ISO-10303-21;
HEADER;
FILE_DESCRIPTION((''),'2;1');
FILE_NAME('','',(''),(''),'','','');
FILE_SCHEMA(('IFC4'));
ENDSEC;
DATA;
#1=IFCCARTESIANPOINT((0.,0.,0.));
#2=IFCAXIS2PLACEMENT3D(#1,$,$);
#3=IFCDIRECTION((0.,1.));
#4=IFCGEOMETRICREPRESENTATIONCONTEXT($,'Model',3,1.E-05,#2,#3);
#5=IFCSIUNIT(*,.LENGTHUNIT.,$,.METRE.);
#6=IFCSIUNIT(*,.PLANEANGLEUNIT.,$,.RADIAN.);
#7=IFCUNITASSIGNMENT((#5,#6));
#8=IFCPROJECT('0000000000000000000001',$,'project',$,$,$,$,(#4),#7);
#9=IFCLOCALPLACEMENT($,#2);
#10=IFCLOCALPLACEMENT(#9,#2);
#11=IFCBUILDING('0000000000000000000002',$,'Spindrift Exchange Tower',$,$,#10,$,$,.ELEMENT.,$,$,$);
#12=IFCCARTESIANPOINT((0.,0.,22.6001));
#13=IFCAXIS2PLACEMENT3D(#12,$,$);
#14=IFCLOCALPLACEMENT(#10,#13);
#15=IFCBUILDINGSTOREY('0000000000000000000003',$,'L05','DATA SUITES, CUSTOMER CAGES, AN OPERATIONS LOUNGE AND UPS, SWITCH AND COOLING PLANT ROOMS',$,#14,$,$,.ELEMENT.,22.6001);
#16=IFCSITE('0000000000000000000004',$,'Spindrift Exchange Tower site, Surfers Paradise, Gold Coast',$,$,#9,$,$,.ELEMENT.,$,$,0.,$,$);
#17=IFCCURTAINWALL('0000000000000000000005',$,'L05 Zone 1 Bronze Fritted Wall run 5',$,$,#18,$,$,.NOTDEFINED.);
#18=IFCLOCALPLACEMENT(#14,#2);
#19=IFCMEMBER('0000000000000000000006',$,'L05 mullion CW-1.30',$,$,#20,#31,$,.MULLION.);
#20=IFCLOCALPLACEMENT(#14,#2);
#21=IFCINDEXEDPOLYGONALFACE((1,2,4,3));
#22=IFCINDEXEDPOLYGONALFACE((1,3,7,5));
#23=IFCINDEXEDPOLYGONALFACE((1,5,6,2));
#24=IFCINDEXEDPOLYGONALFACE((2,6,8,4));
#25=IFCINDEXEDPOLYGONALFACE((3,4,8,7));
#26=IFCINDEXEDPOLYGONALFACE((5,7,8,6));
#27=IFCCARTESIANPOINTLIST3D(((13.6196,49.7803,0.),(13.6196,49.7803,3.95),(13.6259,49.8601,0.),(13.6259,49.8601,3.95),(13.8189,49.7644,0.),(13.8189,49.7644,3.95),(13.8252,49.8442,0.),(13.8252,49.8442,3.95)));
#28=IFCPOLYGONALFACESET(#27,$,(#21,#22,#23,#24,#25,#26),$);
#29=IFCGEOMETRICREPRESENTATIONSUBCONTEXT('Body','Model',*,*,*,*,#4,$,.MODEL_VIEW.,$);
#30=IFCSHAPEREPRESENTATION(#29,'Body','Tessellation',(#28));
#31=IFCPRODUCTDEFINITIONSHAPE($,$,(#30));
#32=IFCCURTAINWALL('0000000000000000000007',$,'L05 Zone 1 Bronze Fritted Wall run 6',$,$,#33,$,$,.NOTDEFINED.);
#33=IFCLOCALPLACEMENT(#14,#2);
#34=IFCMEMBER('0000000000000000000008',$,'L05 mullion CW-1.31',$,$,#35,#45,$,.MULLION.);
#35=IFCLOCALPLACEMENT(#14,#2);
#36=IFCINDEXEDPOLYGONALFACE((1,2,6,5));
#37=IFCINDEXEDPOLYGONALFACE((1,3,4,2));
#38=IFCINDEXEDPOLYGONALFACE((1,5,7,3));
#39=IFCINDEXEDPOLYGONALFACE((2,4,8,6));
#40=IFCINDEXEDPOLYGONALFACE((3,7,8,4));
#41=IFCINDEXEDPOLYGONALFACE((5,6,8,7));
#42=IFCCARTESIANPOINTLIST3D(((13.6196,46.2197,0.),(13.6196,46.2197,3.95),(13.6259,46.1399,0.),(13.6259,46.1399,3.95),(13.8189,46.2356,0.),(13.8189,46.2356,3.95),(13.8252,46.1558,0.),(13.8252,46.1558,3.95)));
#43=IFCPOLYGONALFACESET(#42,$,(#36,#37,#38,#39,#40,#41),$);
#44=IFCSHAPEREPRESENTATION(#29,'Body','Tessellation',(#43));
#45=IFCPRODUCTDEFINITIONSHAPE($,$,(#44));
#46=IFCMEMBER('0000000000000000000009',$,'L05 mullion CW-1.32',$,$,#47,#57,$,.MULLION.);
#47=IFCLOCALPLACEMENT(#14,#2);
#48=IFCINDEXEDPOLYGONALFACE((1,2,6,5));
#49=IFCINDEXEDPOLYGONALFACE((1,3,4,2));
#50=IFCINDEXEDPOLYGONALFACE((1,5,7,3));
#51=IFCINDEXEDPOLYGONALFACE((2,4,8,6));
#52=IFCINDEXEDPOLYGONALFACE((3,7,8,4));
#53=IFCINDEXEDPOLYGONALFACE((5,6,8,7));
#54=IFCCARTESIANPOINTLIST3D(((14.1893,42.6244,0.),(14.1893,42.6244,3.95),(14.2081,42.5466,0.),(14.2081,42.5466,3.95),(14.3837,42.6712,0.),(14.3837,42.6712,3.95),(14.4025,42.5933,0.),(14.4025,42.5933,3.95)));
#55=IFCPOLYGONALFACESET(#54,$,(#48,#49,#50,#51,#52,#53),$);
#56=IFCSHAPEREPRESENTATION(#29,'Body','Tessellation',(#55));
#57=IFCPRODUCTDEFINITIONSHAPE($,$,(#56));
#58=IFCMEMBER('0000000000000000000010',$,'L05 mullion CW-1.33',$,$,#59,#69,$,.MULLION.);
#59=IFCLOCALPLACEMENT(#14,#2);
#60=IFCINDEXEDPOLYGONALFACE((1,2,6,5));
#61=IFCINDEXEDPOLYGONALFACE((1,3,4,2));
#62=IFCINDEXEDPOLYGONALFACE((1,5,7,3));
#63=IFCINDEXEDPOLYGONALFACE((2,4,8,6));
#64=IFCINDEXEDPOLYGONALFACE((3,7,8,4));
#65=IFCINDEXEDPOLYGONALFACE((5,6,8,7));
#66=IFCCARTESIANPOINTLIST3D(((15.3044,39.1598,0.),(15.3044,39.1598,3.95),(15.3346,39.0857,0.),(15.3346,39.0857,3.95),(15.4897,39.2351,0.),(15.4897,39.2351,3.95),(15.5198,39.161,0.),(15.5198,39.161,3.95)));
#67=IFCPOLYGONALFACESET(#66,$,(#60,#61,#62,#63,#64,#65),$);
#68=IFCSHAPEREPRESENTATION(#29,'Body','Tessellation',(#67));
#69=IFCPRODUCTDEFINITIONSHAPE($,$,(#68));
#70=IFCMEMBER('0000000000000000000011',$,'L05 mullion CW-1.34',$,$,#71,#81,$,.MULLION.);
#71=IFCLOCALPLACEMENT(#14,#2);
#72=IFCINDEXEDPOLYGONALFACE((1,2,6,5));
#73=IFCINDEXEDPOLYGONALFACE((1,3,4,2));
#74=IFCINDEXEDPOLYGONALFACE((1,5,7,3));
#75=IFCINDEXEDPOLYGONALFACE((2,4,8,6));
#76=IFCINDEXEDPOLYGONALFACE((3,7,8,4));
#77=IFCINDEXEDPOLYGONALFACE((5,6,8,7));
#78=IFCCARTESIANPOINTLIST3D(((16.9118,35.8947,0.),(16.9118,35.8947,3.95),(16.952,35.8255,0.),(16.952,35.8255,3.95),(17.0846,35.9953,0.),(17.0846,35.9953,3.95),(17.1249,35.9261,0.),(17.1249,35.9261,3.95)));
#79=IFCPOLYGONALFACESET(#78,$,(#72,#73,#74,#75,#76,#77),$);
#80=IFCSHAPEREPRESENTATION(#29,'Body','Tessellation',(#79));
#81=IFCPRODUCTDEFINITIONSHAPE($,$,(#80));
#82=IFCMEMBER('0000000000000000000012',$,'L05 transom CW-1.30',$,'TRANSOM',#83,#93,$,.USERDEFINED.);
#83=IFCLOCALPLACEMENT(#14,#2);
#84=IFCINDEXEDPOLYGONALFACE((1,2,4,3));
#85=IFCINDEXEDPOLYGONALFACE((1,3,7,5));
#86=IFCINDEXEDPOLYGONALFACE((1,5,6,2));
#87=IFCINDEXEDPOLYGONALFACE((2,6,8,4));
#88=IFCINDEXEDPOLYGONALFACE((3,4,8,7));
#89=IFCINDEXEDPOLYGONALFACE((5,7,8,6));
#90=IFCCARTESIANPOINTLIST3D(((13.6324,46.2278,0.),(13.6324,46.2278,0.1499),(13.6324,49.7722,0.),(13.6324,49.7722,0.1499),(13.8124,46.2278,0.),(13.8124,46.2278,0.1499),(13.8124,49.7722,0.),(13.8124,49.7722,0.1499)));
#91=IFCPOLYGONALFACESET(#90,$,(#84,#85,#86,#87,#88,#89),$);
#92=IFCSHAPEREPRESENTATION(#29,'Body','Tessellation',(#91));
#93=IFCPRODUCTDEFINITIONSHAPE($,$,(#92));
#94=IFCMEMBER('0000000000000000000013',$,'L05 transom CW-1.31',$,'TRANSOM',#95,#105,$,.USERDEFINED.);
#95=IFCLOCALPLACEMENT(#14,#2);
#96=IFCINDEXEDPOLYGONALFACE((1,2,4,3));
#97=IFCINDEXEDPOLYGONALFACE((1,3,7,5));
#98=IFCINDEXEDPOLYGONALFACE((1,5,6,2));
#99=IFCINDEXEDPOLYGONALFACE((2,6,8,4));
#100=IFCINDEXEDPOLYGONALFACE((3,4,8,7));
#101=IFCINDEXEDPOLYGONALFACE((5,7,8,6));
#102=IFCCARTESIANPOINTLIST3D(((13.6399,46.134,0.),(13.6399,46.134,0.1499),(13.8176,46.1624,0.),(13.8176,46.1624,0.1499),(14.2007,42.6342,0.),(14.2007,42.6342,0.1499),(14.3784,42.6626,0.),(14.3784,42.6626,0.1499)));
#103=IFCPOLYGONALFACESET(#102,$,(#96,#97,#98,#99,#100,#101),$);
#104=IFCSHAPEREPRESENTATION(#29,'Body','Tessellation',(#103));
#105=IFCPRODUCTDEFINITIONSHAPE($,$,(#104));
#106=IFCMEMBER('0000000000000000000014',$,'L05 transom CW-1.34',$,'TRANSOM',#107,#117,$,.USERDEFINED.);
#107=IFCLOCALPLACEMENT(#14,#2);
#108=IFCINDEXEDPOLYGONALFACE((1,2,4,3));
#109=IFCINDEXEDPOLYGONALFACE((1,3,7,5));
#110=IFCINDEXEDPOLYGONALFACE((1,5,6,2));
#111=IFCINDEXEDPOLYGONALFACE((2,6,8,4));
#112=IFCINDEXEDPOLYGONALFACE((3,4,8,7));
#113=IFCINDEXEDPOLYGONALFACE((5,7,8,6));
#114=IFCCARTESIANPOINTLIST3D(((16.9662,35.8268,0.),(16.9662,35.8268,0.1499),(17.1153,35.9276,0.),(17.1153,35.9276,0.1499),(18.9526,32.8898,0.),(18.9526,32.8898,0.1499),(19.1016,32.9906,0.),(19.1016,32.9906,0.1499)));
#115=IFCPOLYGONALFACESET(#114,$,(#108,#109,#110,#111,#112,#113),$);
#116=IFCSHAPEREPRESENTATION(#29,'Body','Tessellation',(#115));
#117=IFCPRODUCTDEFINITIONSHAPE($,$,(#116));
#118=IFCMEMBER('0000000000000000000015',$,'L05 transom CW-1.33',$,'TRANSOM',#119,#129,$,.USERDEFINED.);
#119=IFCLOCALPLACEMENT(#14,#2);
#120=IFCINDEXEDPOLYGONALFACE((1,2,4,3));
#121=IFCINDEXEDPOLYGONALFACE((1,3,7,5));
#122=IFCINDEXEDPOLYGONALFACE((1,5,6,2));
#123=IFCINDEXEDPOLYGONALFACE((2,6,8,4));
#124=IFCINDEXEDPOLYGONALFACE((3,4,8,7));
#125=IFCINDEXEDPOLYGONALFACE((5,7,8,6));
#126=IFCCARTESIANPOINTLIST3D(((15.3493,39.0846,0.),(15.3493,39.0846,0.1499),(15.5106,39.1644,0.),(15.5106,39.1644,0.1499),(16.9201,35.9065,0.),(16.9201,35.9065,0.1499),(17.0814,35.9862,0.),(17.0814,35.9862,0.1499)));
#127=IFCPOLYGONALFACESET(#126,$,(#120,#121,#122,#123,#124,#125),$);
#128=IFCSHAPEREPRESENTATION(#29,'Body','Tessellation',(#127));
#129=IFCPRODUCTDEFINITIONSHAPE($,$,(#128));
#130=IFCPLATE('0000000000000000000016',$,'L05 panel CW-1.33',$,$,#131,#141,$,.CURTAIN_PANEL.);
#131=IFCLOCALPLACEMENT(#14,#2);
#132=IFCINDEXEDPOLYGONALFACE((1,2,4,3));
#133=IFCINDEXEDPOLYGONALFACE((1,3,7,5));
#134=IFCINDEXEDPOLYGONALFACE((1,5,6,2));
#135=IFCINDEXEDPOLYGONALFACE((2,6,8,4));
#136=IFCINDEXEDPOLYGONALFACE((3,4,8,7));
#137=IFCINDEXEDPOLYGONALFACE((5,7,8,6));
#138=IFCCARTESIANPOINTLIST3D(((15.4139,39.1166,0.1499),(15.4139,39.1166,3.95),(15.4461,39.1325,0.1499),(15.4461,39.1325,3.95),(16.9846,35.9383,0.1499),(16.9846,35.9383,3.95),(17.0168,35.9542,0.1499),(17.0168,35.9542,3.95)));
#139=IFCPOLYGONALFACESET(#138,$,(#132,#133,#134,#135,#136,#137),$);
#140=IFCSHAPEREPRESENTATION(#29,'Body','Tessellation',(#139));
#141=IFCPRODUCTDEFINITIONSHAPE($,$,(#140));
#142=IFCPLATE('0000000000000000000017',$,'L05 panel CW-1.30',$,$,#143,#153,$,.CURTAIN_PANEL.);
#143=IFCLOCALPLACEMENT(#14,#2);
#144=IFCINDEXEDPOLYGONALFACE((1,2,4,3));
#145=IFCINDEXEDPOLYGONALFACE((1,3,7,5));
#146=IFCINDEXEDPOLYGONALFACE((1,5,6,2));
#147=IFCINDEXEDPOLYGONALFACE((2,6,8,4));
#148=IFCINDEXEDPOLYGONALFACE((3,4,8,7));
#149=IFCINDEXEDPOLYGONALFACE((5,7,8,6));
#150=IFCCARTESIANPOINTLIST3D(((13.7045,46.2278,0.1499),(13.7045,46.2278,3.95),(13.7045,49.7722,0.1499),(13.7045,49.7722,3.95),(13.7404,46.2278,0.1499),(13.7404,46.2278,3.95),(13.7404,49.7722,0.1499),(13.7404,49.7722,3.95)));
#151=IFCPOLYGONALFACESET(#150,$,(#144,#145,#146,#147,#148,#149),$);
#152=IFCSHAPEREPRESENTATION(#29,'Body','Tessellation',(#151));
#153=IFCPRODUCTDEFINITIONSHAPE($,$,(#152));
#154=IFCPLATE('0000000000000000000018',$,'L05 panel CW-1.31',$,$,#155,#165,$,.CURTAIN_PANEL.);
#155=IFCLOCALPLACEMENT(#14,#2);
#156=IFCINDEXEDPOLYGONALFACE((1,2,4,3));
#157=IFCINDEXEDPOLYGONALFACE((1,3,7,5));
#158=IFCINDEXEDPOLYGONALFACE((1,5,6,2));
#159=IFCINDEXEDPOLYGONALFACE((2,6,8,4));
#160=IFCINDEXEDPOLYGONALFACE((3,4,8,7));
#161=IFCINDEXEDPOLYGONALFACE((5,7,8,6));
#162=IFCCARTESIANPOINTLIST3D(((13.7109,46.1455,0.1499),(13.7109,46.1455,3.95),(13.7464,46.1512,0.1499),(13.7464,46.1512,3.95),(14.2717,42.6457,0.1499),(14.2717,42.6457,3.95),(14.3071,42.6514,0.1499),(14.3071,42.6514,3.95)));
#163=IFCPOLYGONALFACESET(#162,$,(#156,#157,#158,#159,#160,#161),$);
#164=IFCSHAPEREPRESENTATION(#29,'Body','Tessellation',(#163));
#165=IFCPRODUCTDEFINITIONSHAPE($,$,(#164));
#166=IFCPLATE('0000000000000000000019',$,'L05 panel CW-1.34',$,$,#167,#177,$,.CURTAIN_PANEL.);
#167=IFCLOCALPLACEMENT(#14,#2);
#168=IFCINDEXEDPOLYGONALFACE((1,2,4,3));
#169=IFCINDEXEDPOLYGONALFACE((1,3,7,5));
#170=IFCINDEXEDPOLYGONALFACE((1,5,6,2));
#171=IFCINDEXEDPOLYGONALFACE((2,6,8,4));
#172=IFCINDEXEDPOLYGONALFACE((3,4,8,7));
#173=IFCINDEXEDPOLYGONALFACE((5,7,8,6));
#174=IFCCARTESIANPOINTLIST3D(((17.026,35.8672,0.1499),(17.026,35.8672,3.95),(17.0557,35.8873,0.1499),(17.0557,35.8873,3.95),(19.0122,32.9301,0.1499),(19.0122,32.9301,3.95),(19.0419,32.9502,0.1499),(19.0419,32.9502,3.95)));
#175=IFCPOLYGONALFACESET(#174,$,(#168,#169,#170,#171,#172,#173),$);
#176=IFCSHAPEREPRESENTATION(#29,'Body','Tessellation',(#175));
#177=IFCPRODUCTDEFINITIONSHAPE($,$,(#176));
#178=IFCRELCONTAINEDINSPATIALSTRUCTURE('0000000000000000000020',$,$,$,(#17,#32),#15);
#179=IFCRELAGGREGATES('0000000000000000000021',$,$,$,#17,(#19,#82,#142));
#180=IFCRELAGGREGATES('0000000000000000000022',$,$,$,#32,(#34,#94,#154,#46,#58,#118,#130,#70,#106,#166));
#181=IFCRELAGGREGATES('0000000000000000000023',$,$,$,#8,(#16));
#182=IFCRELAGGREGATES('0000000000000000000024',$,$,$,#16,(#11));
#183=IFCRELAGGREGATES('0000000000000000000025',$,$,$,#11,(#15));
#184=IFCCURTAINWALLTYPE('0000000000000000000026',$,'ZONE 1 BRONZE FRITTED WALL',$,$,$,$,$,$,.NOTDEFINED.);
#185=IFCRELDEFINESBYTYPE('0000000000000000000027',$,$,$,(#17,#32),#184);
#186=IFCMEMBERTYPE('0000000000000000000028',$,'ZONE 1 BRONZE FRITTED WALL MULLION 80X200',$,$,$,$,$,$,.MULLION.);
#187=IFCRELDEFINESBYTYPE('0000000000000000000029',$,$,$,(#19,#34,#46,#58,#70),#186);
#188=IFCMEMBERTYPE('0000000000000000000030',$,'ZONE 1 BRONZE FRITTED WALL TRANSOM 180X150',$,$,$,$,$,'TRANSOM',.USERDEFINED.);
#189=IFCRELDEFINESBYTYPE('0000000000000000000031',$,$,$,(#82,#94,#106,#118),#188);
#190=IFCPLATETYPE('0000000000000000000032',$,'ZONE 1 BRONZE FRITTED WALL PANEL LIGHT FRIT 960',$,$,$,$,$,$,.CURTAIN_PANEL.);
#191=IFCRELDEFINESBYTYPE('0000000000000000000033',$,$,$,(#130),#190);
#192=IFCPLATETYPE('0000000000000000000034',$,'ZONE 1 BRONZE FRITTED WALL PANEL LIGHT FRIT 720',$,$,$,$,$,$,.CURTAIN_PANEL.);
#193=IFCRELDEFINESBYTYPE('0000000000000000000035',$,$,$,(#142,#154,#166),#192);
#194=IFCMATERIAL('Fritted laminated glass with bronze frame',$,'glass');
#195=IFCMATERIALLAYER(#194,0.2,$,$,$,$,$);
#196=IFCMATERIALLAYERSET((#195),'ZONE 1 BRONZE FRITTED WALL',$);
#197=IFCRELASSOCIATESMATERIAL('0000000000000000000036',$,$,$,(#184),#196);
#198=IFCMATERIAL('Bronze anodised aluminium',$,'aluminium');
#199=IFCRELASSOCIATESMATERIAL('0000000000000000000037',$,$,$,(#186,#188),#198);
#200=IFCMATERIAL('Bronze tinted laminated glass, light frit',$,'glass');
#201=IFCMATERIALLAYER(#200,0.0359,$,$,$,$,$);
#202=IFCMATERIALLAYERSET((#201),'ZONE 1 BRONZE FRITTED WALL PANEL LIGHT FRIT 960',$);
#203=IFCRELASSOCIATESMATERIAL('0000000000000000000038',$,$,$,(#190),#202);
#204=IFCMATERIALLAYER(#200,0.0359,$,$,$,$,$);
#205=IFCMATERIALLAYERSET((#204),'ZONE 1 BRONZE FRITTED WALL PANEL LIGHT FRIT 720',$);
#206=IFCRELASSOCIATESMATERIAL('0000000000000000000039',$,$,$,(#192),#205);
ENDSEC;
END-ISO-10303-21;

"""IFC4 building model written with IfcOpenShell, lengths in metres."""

from ifc_helpers import new_model, si_unit, direction, frame, origin, origin_2d, place, context, subcontext, project, spatial, rectangle, extrude, source, transform, mapped, material, layer, layer_set, material_profile, profile_set, type_object, element, aggregate, save


model = new_model("IFC4")

# Units and contexts
model_context = context("Model", 3, precision=1e-05, world=origin(), true_north=direction((0.0, 1.0)))
body_context = subcontext(model_context, "Body", "Model", "MODEL_VIEW")
ifc_project = project(units=[si_unit("LENGTHUNIT", "METRE"), si_unit("PLANEANGLEUNIT", "RADIAN")], contexts=[model_context])

# Site, building, storey
site_placement = place(None, origin())
site = spatial("IfcSite", under=ifc_project, at=site_placement, Name="Spindrift Exchange Tower site, Surfers Paradise, Gold Coast", CompositionType="ELEMENT", RefElevation=0.0)
building_placement = place(site_placement, origin())
building = spatial("IfcBuilding", under=site, at=building_placement, Name="Spindrift Exchange Tower", CompositionType="ELEMENT")
storey_placement = place(building_placement, frame((0.0, 0.0, 22.6001)))
storey = spatial("IfcBuildingStorey", under=building, at=storey_placement, Name="L05", Description="DATA SUITES, CUSTOMER CAGES, AN OPERATIONS LOUNGE AND UPS, SWITCH AND COOLING PLANT ROOMS", CompositionType="ELEMENT", Elevation=22.6001)

# Curtain wall, member
ifc_material_1 = material(Name="Fritted laminated glass with bronze frame", Category="glass")
ifc_layer_1 = layer(ifc_material_1, 0.2)
ifc_layer_set_1 = layer_set([ifc_layer_1], Name="ZONE 1 BRONZE FRITTED WALL")
curtain_wall_type = type_object("IfcCurtainWallType", Name="ZONE 1 BRONZE FRITTED WALL", PredefinedType="NOTDEFINED", material=ifc_layer_set_1)
curtain_wall_1_placement = place(storey_placement, origin())
curtain_wall_1 = element("IfcCurtainWall", 1, at=curtain_wall_1_placement, inside=storey, type_object=curtain_wall_type, Name="L05 Zone 1 Bronze Fritted Wall run 5", PredefinedType="NOTDEFINED")
ifc_material_2 = material(Name="Bronze anodised aluminium", Category="aluminium")
ifc_material_profile_1 = material_profile(ifc_material_2, rectangle(XDim=0.0801, YDim=0.2, at=origin_2d()), Name="ZONE 1 BRONZE FRITTED WALL MULLION 80X200")
ifc_profile_set_1 = profile_set([ifc_material_profile_1], Name="Bronze anodised aluminium")
member_type_1 = type_object("IfcMemberType", Name="ZONE 1 BRONZE FRITTED WALL MULLION 80X200", PredefinedType="MULLION", material=ifc_profile_set_1)
shared_shape_1 = source(origin(), body_context, "Body", "SweptSolid", [
    extrude(rectangle(XDim=0.0801, YDim=0.2, at=origin_2d()), origin(), (0.0, 0.0, 1.0), 3.95),
])
member_1_placement = place(storey_placement, frame((13.7224, 49.8123, 0.0), z_axis=(0.0, 0.0, 1.0), x_axis=(-0.079352, -0.996847, 0.0)))
member_1 = element("IfcMember", 2, at=member_1_placement, type_object=member_type_1, Name="L05 mullion CW-1.30", PredefinedType="MULLION", context=body_context, shape_type="MappedRepresentation", body=[
    mapped(shared_shape_1, transform((0.0, 0.0, 0.0), scale=1.0)),
])

# Curtain wall, members
curtain_wall_2_placement = place(storey_placement, origin())
curtain_wall_2 = element("IfcCurtainWall", 3, at=curtain_wall_2_placement, inside=storey, type_object=curtain_wall_type, Name="L05 Zone 1 Bronze Fritted Wall run 6", PredefinedType="NOTDEFINED")
member_2_placement = place(storey_placement, frame((13.7224, 46.1877, 0.0), z_axis=(0.0, 0.0, 1.0), x_axis=(0.079352, -0.996847, 0.0)))
member_2 = element("IfcMember", 4, at=member_2_placement, type_object=member_type_1, Name="L05 mullion CW-1.31", PredefinedType="MULLION", context=body_context, shape_type="MappedRepresentation", body=[
    mapped(shared_shape_1, transform((0.0, 0.0, 0.0), scale=1.0)),
])
member_3_placement = place(storey_placement, frame((14.2959, 42.6089, 0.0), z_axis=(0.0, 0.0, 1.0), x_axis=(0.233791, -0.972287, 0.0)))
member_3 = element("IfcMember", 5, at=member_3_placement, type_object=member_type_1, Name="L05 mullion CW-1.32", PredefinedType="MULLION", context=body_context, shape_type="MappedRepresentation", body=[
    mapped(shared_shape_1, transform((0.0, 0.0, 0.0), scale=1.0)),
])
member_4_placement = place(storey_placement, frame((15.4121, 39.1604, 0.0), z_axis=(0.0, 0.0, 1.0), x_axis=(0.376527, -0.926406, 0.0)))
member_4 = element("IfcMember", 6, at=member_4_placement, type_object=member_type_1, Name="L05 mullion CW-1.33", PredefinedType="MULLION", context=body_context, shape_type="MappedRepresentation", body=[
    mapped(shared_shape_1, transform((0.0, 0.0, 0.0), scale=1.0)),
])
member_5_placement = place(storey_placement, frame((17.0183, 35.9104, 0.0), z_axis=(0.0, 0.0, 1.0), x_axis=(0.502772, -0.864419, 0.0)))
member_5 = element("IfcMember", 7, at=member_5_placement, type_object=member_type_1, Name="L05 mullion CW-1.34", PredefinedType="MULLION", context=body_context, shape_type="MappedRepresentation", body=[
    mapped(shared_shape_1, transform((0.0, 0.0, 0.0), scale=1.0)),
])

# Members
ifc_material_profile_2 = material_profile(ifc_material_2, rectangle(XDim=0.1799, YDim=0.1499, at=origin_2d()), Name="ZONE 1 BRONZE FRITTED WALL TRANSOM 180X150")
ifc_profile_set_2 = profile_set([ifc_material_profile_2], Name="Bronze anodised aluminium")
member_type_2 = type_object("IfcMemberType", Name="ZONE 1 BRONZE FRITTED WALL TRANSOM 180X150", ElementType="TRANSOM", PredefinedType="USERDEFINED", material=ifc_profile_set_2)
shared_shape_2 = source(origin(), body_context, "Body", "SweptSolid", [
    extrude(rectangle(XDim=0.1799, YDim=0.1499, at=origin_2d()), origin(), (0.0, 0.0, 1.0), 3.5444),
])
member_6_placement = place(storey_placement, frame((13.7224, 49.7722, 0.075), z_axis=(0.0, -1.0, 0.0), x_axis=(1.0, 0.0, 0.0)))
member_6 = element("IfcMember", 8, at=member_6_placement, type_object=member_type_2, Name="L05 transom CW-1.30", ObjectType="TRANSOM", PredefinedType="USERDEFINED", context=body_context, shape_type="MappedRepresentation", body=[
    mapped(shared_shape_2, transform((0.0, 0.0, 0.0), scale=1.0)),
])
member_7_placement = place(storey_placement, frame((13.7288, 46.1482, 0.075), z_axis=(0.158219, -0.987404, 0.0), x_axis=(0.987404, 0.158219, 0.0)))
member_7 = element("IfcMember", 9, at=member_7_placement, type_object=member_type_2, Name="L05 transom CW-1.31", ObjectType="TRANSOM", PredefinedType="USERDEFINED", context=body_context, shape_type="MappedRepresentation", body=[
    mapped(shared_shape_2, transform((0.0, 0.0, 0.0), scale=1.0)),
])
shared_shape_3 = source(origin(), body_context, "Body", "SweptSolid", [
    extrude(rectangle(XDim=0.1799, YDim=0.1499, at=origin_2d()), origin(), (0.0, 0.0, 1.0), 3.5457),
])
member_8_placement = place(storey_placement, frame((17.0408, 35.8772, 0.075), z_axis=(0.560218, -0.828345, 0.0), x_axis=(0.828345, 0.560218, 0.0)))
member_8 = element("IfcMember", 10, at=member_8_placement, type_object=member_type_2, Name="L05 transom CW-1.34", ObjectType="TRANSOM", PredefinedType="USERDEFINED", context=body_context, shape_type="MappedRepresentation", body=[
    mapped(shared_shape_3, transform((0.0, 0.0, 0.0), scale=1.0)),
])
shared_shape_4 = source(origin(), body_context, "Body", "SweptSolid", [
    extrude(rectangle(XDim=0.1799, YDim=0.1499, at=origin_2d()), origin(), (0.0, 0.0, 1.0), 3.5452),
])
member_9_placement = place(storey_placement, frame((15.4299, 39.1245, 0.075), z_axis=(0.443077, -0.896484, 0.0), x_axis=(0.896484, 0.443077, 0.0)))
member_9 = element("IfcMember", 11, at=member_9_placement, type_object=member_type_2, Name="L05 transom CW-1.33", ObjectType="TRANSOM", PredefinedType="USERDEFINED", context=body_context, shape_type="MappedRepresentation", body=[
    mapped(shared_shape_4, transform((0.0, 0.0, 0.0), scale=1.0)),
])

# Plates
ifc_material_3 = material(Name="Bronze tinted laminated glass, light frit", Category="glass")
ifc_layer_2 = layer(ifc_material_3, 0.0359)
ifc_layer_set_2 = layer_set([ifc_layer_2], Name="ZONE 1 BRONZE FRITTED WALL PANEL LIGHT FRIT 960")
plate_type_1 = type_object("IfcPlateType", Name="ZONE 1 BRONZE FRITTED WALL PANEL LIGHT FRIT 960", PredefinedType="CURTAIN_PANEL", material=ifc_layer_set_2)
shared_shape_5 = source(origin(), body_context, "Body", "SweptSolid", [
    extrude(rectangle(XDim=3.5452, YDim=0.0359, at=origin_2d()), origin(), (0.0, 0.0, 1.0), 3.8),
])
plate_1_placement = place(storey_placement, frame((16.2153, 37.5354, 0.1499), z_axis=(0.0, 0.0, 1.0), x_axis=(0.44306, -0.896492, 0.0)))
plate_1 = element("IfcPlate", 12, at=plate_1_placement, type_object=plate_type_1, Name="L05 panel CW-1.33", PredefinedType="CURTAIN_PANEL", context=body_context, shape_type="MappedRepresentation", body=[
    mapped(shared_shape_5, transform((0.0, 0.0, 0.0), scale=1.0)),
])
ifc_layer_3 = layer(ifc_material_3, 0.0359)
ifc_layer_set_3 = layer_set([ifc_layer_3], Name="ZONE 1 BRONZE FRITTED WALL PANEL LIGHT FRIT 720")
plate_type_2 = type_object("IfcPlateType", Name="ZONE 1 BRONZE FRITTED WALL PANEL LIGHT FRIT 720", PredefinedType="CURTAIN_PANEL", material=ifc_layer_set_3)
shared_shape_6 = source(origin(), body_context, "Body", "SweptSolid", [
    extrude(rectangle(XDim=3.5444, YDim=0.0359, at=origin_2d()), origin(), (0.0, 0.0, 1.0), 3.8),
])
plate_2_placement = place(storey_placement, frame((13.7224, 48.0, 0.1499), z_axis=(0.0, 0.0, 1.0), x_axis=(0.0, -1.0, 0.0)))
plate_2 = element("IfcPlate", 13, at=plate_2_placement, type_object=plate_type_2, Name="L05 panel CW-1.30", PredefinedType="CURTAIN_PANEL", context=body_context, shape_type="MappedRepresentation", body=[
    mapped(shared_shape_6, transform((0.0, 0.0, 0.0), scale=1.0)),
])
aggregate(curtain_wall_1, [member_1, member_6, plate_2])
plate_3_placement = place(storey_placement, frame((14.009, 44.3984, 0.1499), z_axis=(0.0, 0.0, 1.0), x_axis=(0.158203, -0.987407, 0.0)))
plate_3 = element("IfcPlate", 14, at=plate_3_placement, type_object=plate_type_2, Name="L05 panel CW-1.31", PredefinedType="CURTAIN_PANEL", context=body_context, shape_type="MappedRepresentation", body=[
    mapped(shared_shape_6, transform((0.0, 0.0, 0.0), scale=1.0)),
])
shared_shape_7 = source(origin(), body_context, "Body", "SweptSolid", [
    extrude(rectangle(XDim=3.5457, YDim=0.0359, at=origin_2d()), origin(), (0.0, 0.0, 1.0), 3.8),
])
plate_4_placement = place(storey_placement, frame((18.0339, 34.4087, 0.1499), z_axis=(0.0, 0.0, 1.0), x_axis=(0.560175, -0.828374, 0.0)))
plate_4 = element("IfcPlate", 15, at=plate_4_placement, type_object=plate_type_2, Name="L05 panel CW-1.34", PredefinedType="CURTAIN_PANEL", context=body_context, shape_type="MappedRepresentation", body=[
    mapped(shared_shape_7, transform((0.0, 0.0, 0.0), scale=1.0)),
])
aggregate(curtain_wall_2, [member_2, member_7, plate_3, member_3, member_4, member_9, plate_1, member_5, member_8, plate_4])

save(model, "model.ifc")
